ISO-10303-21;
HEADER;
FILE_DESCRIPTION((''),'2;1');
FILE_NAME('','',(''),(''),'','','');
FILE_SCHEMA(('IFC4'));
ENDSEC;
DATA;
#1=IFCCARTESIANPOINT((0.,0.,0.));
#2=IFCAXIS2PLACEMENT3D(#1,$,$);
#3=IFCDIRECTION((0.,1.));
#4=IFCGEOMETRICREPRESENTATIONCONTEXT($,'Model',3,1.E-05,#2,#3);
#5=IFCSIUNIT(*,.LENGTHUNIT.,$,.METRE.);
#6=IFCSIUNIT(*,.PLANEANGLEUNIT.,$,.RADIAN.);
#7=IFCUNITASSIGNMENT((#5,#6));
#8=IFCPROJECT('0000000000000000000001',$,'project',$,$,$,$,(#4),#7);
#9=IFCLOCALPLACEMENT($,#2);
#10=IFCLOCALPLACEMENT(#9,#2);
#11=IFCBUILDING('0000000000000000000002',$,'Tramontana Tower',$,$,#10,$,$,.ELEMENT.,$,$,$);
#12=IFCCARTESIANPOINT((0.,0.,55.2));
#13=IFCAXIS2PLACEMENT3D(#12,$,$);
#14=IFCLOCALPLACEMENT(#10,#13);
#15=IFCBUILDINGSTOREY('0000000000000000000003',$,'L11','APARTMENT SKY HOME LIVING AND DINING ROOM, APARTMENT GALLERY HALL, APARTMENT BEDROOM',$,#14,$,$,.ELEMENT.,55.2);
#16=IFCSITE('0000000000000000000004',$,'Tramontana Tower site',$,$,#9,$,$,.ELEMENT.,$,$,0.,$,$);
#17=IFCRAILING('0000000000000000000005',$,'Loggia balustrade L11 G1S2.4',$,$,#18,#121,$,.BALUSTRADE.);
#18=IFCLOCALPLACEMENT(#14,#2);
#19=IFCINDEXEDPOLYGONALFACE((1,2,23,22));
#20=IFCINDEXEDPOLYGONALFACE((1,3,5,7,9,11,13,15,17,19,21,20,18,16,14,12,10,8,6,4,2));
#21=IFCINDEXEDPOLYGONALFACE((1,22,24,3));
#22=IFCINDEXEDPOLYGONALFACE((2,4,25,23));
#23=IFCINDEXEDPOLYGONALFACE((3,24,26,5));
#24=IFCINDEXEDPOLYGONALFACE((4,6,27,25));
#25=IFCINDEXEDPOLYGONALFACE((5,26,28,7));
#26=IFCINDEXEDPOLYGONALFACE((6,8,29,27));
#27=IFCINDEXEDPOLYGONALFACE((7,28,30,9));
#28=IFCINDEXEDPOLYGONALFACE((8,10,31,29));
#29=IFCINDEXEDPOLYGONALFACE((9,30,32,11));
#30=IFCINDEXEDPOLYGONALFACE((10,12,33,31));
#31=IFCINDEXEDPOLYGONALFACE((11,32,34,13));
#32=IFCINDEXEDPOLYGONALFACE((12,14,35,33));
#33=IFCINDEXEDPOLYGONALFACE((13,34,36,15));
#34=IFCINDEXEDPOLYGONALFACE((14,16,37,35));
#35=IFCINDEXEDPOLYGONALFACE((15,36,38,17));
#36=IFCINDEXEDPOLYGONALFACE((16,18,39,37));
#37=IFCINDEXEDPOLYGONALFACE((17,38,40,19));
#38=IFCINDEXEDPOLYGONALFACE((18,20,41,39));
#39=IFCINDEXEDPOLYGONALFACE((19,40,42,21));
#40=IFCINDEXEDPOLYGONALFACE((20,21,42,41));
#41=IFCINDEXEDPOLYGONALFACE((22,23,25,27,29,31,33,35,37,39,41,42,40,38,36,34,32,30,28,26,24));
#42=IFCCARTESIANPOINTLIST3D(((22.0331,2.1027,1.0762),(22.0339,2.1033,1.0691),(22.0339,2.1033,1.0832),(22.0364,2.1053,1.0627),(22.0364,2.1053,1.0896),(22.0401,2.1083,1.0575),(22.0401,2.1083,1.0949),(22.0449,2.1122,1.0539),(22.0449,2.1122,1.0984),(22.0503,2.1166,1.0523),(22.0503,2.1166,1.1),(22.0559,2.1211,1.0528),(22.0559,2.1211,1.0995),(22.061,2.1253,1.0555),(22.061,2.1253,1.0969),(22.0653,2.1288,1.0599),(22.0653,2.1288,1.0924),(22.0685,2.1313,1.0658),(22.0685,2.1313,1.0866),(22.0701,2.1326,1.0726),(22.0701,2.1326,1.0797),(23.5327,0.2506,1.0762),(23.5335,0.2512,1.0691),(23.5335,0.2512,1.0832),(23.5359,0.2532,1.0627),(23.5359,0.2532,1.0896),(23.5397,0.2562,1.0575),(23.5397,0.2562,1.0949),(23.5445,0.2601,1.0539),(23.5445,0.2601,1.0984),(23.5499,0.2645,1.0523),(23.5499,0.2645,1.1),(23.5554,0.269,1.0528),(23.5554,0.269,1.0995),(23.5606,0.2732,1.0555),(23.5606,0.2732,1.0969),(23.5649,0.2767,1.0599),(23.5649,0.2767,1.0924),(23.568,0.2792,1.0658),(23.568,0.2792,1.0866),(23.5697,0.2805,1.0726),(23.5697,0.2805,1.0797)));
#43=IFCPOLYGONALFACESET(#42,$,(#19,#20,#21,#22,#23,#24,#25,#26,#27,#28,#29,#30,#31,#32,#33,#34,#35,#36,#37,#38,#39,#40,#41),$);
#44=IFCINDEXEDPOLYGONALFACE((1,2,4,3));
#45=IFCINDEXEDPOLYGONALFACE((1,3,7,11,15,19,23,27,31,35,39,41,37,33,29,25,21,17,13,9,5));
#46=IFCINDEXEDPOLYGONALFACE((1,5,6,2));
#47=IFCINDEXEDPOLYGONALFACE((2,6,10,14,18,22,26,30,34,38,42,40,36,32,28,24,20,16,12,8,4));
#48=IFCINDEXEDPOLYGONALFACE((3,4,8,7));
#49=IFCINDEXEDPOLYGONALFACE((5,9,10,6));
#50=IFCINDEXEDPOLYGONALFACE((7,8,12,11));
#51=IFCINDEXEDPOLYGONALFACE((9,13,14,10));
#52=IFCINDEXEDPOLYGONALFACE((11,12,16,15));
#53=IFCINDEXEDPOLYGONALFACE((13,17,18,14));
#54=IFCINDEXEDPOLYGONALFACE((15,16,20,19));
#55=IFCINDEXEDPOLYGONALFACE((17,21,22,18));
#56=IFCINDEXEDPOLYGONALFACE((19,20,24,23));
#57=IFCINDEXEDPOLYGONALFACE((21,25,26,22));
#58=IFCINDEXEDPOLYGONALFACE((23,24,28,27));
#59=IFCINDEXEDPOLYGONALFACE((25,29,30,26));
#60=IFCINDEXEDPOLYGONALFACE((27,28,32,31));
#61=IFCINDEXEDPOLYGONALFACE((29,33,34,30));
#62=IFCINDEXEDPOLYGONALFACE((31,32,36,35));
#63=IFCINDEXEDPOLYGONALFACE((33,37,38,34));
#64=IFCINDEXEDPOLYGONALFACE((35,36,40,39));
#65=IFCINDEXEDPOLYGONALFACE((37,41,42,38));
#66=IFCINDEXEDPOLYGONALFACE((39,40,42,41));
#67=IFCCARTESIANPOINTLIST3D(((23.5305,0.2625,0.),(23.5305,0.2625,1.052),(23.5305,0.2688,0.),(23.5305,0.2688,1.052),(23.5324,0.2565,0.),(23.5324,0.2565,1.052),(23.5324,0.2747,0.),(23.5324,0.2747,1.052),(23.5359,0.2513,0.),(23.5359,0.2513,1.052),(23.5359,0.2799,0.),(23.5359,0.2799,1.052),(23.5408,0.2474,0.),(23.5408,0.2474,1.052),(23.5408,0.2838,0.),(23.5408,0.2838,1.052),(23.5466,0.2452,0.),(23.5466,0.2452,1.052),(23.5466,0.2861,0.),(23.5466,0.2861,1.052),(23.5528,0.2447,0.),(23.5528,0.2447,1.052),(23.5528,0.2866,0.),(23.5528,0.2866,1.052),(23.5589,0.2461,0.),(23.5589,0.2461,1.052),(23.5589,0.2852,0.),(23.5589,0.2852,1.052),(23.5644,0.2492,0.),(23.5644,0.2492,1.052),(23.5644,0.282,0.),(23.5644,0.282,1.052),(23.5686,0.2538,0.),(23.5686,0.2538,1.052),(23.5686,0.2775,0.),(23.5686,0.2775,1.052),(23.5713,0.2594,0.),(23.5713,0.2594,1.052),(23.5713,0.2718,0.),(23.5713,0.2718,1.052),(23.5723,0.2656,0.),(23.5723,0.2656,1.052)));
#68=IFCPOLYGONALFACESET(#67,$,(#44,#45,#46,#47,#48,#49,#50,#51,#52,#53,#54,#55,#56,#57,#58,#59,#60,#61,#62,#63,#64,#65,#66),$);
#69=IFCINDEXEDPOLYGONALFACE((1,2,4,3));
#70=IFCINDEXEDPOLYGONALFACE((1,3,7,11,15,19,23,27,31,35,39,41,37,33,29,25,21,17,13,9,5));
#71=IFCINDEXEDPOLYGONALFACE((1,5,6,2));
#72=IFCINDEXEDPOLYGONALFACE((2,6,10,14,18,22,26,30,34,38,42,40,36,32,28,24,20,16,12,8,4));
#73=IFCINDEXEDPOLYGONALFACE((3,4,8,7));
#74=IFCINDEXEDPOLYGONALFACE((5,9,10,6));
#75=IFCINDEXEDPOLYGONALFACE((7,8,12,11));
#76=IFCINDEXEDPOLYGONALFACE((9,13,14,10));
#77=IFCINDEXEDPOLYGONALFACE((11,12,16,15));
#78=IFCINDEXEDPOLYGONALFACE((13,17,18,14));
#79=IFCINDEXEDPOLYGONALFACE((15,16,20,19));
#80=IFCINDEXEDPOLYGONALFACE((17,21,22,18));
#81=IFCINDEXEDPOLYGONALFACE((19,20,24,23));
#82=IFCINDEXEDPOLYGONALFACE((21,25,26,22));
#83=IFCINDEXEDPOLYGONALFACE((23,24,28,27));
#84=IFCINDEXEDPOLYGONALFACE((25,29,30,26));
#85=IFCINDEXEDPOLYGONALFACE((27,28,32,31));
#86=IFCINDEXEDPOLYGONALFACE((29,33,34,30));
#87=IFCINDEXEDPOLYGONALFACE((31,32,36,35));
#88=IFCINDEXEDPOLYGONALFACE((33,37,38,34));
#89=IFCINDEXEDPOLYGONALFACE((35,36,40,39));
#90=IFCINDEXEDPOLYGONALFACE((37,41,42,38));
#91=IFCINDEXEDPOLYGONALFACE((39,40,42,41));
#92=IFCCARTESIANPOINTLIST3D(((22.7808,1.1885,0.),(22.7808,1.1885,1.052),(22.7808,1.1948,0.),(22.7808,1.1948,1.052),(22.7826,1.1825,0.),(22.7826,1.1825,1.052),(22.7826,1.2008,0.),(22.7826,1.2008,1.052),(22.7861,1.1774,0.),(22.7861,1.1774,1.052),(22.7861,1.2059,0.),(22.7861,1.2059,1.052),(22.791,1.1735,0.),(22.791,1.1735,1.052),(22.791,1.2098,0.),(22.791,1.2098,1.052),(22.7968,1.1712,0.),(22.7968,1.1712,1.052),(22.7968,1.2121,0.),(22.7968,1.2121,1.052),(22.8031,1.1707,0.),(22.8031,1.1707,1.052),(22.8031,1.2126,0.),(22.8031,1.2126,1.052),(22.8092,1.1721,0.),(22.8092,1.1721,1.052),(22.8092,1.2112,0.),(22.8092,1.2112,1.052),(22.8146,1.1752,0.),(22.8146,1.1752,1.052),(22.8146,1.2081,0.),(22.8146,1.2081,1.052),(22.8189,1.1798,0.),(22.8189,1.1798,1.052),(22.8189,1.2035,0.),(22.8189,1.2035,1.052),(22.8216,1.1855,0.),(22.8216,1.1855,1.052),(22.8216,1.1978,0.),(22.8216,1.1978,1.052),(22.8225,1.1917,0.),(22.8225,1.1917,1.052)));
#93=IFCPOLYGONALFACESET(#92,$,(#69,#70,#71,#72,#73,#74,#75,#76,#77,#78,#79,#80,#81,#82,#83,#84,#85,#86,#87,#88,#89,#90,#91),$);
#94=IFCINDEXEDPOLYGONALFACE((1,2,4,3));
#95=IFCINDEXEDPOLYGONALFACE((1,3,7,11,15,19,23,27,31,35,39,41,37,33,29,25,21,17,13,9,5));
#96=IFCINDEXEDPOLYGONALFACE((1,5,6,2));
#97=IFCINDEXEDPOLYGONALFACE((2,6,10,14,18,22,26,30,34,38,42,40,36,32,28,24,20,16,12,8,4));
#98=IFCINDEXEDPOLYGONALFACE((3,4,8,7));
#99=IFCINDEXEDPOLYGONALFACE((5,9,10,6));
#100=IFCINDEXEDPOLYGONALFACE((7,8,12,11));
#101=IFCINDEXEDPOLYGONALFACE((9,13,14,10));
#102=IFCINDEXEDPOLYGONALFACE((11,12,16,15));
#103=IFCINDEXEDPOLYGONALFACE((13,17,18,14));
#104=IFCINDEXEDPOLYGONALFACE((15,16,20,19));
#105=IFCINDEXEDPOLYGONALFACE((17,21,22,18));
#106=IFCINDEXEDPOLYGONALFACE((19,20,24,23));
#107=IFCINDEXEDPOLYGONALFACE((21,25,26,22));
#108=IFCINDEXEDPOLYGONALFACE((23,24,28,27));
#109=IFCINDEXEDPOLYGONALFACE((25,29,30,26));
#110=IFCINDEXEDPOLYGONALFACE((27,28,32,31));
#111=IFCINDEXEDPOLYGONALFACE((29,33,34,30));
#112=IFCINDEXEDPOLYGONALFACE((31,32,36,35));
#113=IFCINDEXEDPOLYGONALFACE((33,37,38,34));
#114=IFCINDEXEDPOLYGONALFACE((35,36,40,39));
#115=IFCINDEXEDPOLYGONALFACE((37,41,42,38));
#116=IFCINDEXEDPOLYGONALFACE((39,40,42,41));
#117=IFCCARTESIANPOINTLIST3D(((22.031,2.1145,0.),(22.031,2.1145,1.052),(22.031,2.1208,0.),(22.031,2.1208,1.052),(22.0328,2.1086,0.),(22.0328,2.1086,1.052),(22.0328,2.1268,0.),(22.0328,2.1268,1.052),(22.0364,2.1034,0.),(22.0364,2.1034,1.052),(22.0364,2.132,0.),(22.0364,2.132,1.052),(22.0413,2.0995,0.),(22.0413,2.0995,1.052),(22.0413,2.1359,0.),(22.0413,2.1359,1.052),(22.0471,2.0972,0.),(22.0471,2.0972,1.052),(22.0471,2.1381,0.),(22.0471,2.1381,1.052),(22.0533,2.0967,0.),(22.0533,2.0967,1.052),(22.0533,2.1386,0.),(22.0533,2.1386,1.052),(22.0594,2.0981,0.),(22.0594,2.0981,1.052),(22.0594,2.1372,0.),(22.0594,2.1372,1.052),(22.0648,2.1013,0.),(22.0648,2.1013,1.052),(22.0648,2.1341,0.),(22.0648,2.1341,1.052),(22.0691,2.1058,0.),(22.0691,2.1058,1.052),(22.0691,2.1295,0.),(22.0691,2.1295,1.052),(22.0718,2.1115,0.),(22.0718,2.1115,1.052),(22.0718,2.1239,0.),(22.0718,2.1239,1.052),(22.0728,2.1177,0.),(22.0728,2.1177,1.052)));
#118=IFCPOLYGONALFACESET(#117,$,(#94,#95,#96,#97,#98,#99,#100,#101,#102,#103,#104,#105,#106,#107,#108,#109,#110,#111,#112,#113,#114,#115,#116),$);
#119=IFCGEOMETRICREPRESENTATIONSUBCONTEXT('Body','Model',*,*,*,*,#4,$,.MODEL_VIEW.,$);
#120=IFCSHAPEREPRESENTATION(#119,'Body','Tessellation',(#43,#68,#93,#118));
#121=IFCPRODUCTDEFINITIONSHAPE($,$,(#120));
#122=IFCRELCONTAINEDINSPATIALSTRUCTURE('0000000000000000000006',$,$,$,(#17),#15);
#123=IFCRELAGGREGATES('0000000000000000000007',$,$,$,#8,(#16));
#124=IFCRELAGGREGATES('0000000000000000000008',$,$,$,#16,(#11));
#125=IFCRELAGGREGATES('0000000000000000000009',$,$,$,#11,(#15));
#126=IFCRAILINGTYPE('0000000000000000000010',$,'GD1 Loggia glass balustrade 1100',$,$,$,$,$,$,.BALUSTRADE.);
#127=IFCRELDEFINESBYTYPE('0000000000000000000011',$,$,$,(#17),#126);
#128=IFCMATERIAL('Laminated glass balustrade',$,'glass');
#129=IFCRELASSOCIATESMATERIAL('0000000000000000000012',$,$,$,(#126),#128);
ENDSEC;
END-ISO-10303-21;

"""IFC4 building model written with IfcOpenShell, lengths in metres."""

from ifc_helpers import new_model, si_unit, direction, frame, origin, origin_2d, place, context, subcontext, project, spatial, circle, extrude, material, type_object, element, save


model = new_model("IFC4")

# Units and contexts
model_context = context("Model", 3, precision=1e-05, world=origin(), true_north=direction((0.0, 1.0)))
body_context = subcontext(model_context, "Body", "Model", "MODEL_VIEW")
ifc_project = project(units=[si_unit("LENGTHUNIT", "METRE"), si_unit("PLANEANGLEUNIT", "RADIAN")], contexts=[model_context])

# Site, building, storey
site_placement = place(None, origin())
site = spatial("IfcSite", under=ifc_project, at=site_placement, Name="Tramontana Tower site", CompositionType="ELEMENT", RefElevation=0.0)
building_placement = place(site_placement, origin())
building = spatial("IfcBuilding", under=site, at=building_placement, Name="Tramontana Tower", CompositionType="ELEMENT")
storey_placement = place(building_placement, frame((0.0, 0.0, 55.2)))
storey = spatial("IfcBuildingStorey", under=building, at=storey_placement, Name="L11", Description="APARTMENT SKY HOME LIVING AND DINING ROOM, APARTMENT GALLERY HALL, APARTMENT BEDROOM", CompositionType="ELEMENT", Elevation=55.2)

# Railing
ifc_material_1 = material(Name="Laminated glass balustrade", Category="glass")
railing_type = type_object("IfcRailingType", Name="GD1 Loggia glass balustrade 1100", PredefinedType="BALUSTRADE", material=ifc_material_1)
railing_1_placement = place(storey_placement, frame((23.5513, 0.2656, 0.0)))
element("IfcRailing", 1, at=railing_1_placement, inside=storey, type_object=railing_type, Name="Loggia balustrade L11 G1S2.4", PredefinedType="BALUSTRADE", context=body_context, shape_type="SweptSolid", body=[
    extrude(circle(Radius=0.0239, at=origin_2d()), frame((0.0, 0.0, 1.0762), z_axis=(-0.629257, 0.777197, 0.0), x_axis=(-0.777197, -0.629257, 0.0)), (0.0, 0.0, 1.0), 2.3831),
    extrude(circle(Radius=0.021, at=origin_2d()), origin(), (0.0, 0.0, 1.0), 1.052),
    extrude(circle(Radius=0.021, at=origin_2d()), frame((-0.7498, 0.926, 0.0)), (0.0, 0.0, 1.0), 1.052),
    extrude(circle(Radius=0.021, at=origin_2d()), frame((-1.4995, 1.8521, 0.0)), (0.0, 0.0, 1.0), 1.052),
])

save(model, "model.ifc")
